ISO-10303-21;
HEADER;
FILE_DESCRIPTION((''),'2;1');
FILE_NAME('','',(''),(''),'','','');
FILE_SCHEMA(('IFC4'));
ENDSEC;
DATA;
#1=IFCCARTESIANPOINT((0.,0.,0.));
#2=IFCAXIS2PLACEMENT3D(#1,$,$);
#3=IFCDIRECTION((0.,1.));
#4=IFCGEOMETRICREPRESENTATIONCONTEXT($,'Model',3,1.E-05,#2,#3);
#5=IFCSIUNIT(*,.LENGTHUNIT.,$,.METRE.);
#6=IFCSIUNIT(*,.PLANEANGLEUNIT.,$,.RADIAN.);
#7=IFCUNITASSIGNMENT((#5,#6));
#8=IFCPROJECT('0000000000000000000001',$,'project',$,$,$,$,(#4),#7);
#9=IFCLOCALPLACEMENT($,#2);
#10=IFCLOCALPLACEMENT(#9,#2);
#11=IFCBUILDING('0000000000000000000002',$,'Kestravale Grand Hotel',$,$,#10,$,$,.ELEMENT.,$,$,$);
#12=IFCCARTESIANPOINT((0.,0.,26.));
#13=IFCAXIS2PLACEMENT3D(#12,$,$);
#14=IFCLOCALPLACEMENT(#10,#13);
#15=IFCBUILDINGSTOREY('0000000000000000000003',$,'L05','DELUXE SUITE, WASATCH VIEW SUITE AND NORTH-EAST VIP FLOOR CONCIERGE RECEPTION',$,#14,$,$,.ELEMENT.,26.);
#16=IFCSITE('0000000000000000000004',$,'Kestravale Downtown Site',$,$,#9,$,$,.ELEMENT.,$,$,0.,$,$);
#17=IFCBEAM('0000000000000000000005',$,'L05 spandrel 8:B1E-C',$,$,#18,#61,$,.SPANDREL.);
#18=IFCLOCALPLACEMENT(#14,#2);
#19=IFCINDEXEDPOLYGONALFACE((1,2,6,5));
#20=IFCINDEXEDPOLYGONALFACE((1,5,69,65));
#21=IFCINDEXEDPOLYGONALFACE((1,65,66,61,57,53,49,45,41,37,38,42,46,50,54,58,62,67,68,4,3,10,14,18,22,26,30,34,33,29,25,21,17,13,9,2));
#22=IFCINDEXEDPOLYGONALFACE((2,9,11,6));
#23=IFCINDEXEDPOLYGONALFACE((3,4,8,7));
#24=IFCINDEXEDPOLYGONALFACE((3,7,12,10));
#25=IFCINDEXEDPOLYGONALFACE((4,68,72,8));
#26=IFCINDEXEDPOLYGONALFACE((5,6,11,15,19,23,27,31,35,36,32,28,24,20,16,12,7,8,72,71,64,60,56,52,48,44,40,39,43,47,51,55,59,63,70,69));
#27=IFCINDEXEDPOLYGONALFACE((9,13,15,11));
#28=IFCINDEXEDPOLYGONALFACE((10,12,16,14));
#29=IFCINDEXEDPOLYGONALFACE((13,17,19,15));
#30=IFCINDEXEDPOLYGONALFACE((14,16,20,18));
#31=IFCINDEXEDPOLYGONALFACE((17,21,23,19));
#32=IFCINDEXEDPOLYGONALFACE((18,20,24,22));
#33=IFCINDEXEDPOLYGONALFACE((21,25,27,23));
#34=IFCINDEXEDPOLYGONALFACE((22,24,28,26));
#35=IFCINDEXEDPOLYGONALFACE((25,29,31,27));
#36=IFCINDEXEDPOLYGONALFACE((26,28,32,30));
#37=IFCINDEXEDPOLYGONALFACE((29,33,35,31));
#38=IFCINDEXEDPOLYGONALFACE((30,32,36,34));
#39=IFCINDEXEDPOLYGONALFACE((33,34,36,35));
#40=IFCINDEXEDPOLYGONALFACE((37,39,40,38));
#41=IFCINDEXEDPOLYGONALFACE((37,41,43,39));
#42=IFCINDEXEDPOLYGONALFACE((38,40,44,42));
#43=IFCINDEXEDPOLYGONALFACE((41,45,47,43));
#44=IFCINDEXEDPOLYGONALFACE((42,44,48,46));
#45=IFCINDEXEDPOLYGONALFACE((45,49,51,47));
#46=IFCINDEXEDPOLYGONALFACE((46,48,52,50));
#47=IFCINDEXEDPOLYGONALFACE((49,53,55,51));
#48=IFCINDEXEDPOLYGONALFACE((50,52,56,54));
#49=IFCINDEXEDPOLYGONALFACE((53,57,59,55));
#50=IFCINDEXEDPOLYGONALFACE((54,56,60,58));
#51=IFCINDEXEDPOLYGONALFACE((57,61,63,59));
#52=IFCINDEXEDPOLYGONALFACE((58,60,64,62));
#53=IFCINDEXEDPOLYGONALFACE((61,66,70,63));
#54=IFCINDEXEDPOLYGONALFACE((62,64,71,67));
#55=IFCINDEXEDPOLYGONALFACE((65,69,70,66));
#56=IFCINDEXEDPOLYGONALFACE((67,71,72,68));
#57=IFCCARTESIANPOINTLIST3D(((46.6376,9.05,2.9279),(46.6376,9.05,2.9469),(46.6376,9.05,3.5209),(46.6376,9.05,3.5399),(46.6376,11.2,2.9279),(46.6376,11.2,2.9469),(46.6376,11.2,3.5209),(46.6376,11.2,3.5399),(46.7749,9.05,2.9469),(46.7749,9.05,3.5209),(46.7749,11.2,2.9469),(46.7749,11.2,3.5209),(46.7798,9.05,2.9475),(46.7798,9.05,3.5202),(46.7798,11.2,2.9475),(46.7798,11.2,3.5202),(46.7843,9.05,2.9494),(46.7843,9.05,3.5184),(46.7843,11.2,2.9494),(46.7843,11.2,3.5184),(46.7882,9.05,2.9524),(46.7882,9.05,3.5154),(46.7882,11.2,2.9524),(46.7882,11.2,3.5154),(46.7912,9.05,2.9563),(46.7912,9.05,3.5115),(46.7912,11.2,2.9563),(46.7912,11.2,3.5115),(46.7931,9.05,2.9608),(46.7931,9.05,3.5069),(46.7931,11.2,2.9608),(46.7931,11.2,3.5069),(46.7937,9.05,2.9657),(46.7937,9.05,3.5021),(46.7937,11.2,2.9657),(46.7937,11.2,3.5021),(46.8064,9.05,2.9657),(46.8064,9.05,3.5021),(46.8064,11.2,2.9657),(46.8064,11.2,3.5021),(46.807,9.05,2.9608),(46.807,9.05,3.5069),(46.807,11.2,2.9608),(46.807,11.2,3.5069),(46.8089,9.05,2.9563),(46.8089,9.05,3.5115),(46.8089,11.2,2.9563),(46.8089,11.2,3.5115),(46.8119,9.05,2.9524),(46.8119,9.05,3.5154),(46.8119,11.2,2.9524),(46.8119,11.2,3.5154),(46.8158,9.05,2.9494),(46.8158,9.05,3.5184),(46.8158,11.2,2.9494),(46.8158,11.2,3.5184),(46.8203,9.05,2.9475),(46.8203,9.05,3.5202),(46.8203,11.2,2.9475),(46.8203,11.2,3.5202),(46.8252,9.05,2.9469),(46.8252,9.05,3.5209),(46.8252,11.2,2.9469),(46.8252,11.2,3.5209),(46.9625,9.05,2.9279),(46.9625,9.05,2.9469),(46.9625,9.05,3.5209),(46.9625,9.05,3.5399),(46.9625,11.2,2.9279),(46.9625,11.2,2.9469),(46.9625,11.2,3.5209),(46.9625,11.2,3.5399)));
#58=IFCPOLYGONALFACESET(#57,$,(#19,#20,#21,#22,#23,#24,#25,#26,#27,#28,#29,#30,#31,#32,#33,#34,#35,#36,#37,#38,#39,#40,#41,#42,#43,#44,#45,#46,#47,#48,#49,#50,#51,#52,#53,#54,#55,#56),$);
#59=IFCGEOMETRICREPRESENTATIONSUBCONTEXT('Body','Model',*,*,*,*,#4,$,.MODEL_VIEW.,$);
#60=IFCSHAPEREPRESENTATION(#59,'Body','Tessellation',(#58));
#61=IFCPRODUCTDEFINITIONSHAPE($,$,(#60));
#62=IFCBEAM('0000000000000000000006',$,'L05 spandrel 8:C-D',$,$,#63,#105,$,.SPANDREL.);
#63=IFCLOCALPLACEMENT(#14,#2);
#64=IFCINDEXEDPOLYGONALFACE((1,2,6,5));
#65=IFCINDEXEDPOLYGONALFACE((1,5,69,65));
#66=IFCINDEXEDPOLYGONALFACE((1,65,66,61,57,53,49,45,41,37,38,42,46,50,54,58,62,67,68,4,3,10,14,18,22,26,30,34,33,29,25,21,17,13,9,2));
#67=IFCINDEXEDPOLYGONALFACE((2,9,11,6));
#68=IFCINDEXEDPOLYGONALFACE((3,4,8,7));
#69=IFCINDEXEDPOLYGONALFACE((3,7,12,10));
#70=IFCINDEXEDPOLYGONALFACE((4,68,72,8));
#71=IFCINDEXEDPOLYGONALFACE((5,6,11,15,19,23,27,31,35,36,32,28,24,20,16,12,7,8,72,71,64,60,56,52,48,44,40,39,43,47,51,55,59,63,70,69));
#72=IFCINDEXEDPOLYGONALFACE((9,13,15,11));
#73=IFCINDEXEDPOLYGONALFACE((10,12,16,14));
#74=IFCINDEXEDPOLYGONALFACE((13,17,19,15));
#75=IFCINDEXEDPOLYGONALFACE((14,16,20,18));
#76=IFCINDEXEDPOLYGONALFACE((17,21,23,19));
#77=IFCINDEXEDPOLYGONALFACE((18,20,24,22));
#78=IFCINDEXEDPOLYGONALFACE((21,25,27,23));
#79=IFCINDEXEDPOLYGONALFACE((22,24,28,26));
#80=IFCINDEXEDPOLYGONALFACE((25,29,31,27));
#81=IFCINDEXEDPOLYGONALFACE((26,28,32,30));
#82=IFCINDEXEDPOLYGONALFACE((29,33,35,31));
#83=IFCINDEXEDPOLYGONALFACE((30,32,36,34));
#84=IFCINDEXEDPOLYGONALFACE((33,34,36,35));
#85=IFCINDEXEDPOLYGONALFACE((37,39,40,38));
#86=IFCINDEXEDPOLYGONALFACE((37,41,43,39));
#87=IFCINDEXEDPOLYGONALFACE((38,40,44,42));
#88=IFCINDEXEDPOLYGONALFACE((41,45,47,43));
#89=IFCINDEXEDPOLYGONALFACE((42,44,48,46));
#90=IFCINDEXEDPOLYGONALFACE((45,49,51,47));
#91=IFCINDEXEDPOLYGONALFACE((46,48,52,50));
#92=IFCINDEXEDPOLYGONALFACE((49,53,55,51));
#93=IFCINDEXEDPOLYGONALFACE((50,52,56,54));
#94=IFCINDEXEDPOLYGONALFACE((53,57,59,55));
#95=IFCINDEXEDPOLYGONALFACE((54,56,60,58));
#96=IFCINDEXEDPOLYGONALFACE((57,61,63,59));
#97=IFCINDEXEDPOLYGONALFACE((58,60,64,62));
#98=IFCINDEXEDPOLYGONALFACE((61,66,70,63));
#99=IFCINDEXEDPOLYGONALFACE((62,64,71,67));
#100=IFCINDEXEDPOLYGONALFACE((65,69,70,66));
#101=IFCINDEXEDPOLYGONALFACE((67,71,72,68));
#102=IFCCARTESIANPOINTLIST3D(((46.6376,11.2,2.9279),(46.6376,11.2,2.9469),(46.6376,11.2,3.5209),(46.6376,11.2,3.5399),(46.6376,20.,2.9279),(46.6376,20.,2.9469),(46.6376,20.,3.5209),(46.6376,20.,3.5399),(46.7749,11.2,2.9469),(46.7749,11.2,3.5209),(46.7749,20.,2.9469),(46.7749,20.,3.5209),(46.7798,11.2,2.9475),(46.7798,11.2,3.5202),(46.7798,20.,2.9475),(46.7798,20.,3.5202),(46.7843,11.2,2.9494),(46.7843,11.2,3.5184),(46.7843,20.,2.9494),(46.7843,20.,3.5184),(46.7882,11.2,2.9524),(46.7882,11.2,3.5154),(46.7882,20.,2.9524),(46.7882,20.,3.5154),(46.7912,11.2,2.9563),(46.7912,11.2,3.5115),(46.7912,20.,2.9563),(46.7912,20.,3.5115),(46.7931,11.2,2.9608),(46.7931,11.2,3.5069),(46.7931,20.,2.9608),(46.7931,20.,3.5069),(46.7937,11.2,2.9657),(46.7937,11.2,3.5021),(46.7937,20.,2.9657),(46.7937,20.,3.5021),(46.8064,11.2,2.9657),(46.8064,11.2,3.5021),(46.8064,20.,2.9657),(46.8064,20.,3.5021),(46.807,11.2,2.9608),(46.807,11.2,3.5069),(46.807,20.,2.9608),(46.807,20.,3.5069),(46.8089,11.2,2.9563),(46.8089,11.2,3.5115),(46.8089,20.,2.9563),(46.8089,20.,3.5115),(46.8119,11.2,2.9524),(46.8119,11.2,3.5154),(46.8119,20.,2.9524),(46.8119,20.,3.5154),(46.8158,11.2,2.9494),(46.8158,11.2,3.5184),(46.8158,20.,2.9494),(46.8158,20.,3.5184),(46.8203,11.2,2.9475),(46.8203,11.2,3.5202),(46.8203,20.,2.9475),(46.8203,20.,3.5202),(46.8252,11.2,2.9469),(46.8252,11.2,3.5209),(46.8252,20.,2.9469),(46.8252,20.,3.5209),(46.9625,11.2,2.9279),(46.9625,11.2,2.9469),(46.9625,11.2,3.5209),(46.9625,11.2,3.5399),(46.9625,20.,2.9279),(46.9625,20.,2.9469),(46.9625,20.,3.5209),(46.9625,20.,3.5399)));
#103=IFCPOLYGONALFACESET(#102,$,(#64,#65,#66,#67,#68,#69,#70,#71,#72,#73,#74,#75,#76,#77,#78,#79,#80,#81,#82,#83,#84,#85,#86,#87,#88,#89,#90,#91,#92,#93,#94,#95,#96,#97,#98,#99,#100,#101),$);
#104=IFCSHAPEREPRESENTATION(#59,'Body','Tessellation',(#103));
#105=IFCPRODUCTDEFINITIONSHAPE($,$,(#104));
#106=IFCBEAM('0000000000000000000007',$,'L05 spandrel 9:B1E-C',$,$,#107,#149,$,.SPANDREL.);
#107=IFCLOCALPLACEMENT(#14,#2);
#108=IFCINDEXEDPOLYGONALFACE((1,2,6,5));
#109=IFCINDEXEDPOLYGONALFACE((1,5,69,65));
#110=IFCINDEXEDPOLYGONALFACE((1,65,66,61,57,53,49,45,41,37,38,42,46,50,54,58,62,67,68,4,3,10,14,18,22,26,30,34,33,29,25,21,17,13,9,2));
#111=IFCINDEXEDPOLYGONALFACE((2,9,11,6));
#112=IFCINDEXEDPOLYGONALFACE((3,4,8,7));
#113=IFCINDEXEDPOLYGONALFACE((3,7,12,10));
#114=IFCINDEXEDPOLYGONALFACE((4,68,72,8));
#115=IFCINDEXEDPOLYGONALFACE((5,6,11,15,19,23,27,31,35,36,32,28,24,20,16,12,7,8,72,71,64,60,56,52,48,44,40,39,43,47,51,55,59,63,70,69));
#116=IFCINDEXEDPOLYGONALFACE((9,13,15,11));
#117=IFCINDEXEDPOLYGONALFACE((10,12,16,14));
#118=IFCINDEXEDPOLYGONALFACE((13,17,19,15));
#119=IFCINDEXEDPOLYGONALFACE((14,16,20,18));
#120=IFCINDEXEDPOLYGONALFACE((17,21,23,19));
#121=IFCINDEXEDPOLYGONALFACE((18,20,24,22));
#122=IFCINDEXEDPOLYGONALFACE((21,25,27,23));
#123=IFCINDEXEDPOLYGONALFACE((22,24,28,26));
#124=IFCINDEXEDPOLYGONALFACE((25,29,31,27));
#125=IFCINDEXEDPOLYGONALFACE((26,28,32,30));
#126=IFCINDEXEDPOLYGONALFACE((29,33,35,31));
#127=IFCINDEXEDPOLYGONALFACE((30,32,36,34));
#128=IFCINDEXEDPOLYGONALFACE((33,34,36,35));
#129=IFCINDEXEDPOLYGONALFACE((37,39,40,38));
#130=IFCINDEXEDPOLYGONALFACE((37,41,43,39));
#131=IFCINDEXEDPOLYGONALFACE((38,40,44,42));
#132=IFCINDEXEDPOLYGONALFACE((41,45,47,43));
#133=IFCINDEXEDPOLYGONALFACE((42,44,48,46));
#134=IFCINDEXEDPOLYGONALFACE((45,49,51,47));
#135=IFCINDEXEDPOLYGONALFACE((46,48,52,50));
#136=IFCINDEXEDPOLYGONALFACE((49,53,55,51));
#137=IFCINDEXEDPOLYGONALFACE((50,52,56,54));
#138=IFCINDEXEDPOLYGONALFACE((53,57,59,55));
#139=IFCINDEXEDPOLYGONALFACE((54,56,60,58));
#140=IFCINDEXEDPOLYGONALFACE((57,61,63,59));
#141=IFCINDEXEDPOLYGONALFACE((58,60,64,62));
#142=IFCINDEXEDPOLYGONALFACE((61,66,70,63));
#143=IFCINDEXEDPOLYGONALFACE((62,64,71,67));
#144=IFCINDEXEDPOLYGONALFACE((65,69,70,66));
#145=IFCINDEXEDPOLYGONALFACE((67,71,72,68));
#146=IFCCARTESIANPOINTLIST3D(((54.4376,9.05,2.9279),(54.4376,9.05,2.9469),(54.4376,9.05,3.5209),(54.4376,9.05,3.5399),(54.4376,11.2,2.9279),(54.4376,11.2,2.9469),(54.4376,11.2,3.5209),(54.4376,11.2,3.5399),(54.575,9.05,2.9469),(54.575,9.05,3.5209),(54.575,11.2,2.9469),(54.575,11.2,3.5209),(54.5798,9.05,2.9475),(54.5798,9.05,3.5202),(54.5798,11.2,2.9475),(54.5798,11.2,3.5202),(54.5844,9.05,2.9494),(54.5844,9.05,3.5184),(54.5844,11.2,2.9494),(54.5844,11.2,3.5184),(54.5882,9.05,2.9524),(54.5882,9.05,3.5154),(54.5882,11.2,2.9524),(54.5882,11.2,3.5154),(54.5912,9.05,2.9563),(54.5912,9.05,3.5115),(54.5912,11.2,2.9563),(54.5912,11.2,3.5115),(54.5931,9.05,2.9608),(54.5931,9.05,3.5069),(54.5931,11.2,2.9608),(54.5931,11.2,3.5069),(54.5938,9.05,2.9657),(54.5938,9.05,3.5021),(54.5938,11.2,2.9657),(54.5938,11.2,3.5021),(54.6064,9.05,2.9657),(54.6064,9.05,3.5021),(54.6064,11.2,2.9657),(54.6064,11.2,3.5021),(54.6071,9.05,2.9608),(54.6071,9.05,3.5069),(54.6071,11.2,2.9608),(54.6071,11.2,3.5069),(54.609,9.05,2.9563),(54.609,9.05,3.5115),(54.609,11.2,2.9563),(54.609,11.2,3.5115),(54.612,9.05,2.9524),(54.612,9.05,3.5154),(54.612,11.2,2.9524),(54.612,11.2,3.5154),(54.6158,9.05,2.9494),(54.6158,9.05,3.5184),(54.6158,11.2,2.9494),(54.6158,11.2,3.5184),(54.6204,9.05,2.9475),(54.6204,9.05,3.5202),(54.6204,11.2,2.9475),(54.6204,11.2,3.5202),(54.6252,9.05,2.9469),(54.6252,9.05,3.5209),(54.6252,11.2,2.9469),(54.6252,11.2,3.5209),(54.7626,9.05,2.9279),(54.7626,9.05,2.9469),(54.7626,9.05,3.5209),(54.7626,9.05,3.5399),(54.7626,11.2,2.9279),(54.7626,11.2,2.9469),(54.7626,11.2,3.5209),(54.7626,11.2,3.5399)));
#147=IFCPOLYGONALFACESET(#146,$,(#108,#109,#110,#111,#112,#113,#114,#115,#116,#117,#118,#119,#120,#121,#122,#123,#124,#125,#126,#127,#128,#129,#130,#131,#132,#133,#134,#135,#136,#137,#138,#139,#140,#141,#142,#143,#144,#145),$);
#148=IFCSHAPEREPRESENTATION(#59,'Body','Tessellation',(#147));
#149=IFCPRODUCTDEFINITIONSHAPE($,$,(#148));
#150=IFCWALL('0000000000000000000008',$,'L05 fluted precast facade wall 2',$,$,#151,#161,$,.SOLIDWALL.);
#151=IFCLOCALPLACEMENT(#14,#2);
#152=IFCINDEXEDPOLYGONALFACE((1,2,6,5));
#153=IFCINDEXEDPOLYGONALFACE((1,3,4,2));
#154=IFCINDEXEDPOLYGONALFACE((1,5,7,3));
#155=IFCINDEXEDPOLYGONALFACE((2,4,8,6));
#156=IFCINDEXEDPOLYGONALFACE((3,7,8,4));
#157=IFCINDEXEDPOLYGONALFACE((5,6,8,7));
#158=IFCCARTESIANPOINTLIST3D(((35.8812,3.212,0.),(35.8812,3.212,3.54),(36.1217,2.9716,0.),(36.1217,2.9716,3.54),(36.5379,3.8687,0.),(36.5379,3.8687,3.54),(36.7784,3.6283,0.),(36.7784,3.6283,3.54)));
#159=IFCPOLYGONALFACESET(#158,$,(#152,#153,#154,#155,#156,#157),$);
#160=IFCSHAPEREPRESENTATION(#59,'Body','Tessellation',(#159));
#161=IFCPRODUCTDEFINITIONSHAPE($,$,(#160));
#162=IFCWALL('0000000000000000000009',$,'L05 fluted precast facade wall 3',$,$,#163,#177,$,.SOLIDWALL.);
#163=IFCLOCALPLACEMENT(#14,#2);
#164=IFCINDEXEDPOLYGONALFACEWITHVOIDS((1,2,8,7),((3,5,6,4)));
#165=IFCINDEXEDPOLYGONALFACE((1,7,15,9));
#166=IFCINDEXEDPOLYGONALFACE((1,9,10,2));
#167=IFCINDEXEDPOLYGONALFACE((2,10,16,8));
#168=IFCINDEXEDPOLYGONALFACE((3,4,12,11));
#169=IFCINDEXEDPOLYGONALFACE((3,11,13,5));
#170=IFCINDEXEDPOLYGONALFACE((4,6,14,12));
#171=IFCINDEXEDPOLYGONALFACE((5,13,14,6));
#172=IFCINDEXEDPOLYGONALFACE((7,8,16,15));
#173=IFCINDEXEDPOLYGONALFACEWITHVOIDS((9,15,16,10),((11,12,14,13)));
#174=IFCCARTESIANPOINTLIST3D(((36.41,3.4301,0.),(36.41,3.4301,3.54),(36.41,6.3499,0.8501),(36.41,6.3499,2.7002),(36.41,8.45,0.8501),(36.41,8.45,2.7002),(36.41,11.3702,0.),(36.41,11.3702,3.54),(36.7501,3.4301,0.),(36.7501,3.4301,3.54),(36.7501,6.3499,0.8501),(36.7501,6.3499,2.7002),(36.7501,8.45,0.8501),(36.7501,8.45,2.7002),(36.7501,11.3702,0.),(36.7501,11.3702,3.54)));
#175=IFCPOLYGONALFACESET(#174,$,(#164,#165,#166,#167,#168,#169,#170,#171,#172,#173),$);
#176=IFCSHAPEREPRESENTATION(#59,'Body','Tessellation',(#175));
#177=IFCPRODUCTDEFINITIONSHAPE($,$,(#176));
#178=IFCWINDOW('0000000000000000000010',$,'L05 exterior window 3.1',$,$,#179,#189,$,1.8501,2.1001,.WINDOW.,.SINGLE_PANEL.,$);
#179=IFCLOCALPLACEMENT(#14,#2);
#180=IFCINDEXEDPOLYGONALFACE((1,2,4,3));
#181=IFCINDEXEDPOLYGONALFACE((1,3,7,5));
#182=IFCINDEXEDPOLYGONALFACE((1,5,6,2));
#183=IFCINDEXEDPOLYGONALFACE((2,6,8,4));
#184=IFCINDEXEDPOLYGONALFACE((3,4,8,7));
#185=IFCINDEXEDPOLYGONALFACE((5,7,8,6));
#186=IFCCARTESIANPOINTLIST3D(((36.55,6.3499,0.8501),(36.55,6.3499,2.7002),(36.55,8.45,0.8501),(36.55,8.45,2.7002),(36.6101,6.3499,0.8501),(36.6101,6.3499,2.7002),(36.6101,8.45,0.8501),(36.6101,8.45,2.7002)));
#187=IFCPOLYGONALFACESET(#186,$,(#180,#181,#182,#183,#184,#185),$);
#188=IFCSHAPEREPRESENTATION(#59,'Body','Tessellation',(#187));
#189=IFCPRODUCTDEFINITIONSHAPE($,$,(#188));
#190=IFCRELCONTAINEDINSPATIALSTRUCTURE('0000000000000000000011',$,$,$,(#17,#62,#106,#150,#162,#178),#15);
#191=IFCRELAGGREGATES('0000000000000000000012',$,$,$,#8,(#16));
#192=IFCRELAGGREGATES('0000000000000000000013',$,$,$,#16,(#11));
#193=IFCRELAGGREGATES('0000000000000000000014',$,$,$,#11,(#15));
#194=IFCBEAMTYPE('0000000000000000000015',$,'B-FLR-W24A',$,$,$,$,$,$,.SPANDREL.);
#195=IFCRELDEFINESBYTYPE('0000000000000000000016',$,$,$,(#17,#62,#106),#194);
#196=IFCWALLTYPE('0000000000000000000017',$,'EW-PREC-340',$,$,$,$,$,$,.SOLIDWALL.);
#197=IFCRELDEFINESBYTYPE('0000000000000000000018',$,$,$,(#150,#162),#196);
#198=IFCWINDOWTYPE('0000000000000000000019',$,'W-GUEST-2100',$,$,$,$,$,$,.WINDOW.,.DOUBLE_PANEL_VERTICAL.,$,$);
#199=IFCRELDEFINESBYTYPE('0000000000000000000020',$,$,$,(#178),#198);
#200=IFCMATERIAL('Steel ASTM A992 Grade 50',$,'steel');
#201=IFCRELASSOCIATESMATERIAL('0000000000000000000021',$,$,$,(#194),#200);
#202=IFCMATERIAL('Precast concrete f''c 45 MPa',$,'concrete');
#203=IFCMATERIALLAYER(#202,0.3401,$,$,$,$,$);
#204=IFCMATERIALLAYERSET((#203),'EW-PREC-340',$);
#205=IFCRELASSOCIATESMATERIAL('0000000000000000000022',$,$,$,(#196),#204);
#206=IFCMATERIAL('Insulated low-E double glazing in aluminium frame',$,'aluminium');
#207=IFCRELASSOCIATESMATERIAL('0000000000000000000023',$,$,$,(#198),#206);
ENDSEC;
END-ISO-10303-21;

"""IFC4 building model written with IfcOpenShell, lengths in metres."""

from ifc_helpers import new_model, si_unit, direction, frame, frame_2d, origin, origin_2d, place, context, subcontext, project, spatial, rectangle, i_section, extrude, material, layer, layer_set, material_profile, profile_set, type_object, element, fill, save


model = new_model("IFC4")

# Units and contexts
model_context = context("Model", 3, precision=1e-05, world=origin(), true_north=direction((0.0, 1.0)))
body_context = subcontext(model_context, "Body", "Model", "MODEL_VIEW")
ifc_project = project(units=[si_unit("LENGTHUNIT", "METRE"), si_unit("PLANEANGLEUNIT", "RADIAN")], contexts=[model_context])

# Site, building, storey
site_placement = place(None, origin())
site = spatial("IfcSite", under=ifc_project, at=site_placement, Name="Kestravale Downtown Site", CompositionType="ELEMENT", RefElevation=0.0)
building_placement = place(site_placement, origin())
building = spatial("IfcBuilding", under=site, at=building_placement, Name="Kestravale Grand Hotel", CompositionType="ELEMENT")
storey_placement = place(building_placement, frame((0.0, 0.0, 26.0)))
storey = spatial("IfcBuildingStorey", under=building, at=storey_placement, Name="L05", Description="DELUXE SUITE, WASATCH VIEW SUITE AND NORTH-EAST VIP FLOOR CONCIERGE RECEPTION", CompositionType="ELEMENT", Elevation=26.0)

# Beams
ifc_material_1 = material(Name="Steel ASTM A992 Grade 50", Category="steel")
ifc_material_profile_1 = material_profile(ifc_material_1, i_section(OverallWidth=0.325, OverallDepth=0.6121, WebThickness=0.0127, FlangeThickness=0.019, FilletRadius=0.0188, at=origin_2d()))
ifc_profile_set_1 = profile_set([ifc_material_profile_1], Name="Steel ASTM A992 Grade 50")
beam_type_1 = type_object("IfcBeamType", Name="B-FLR-W24A", PredefinedType="SPANDREL", material=ifc_profile_set_1)
beam_1_placement = place(storey_placement, frame((46.8, 9.05, 3.2339), z_axis=(0.0, 1.0, 0.0), x_axis=(-1.0, 0.0, 0.0)))
element("IfcBeam", 1, at=beam_1_placement, inside=storey, type_object=beam_type_1, Name="L05 spandrel 8:B1E-C", PredefinedType="SPANDREL", context=body_context, shape_type="SweptSolid", body=[
    extrude(i_section(OverallWidth=0.325, OverallDepth=0.6121, WebThickness=0.0127, FlangeThickness=0.019, FilletRadius=0.0188, at=origin_2d()), origin(), (0.0, 0.0, 1.0), 2.1499),
])
beam_2_placement = place(storey_placement, frame((46.8, 11.2, 3.2339), z_axis=(0.0, 1.0, 0.0), x_axis=(-1.0, 0.0, 0.0)))
element("IfcBeam", 2, at=beam_2_placement, inside=storey, type_object=beam_type_1, Name="L05 spandrel 8:C-D", PredefinedType="SPANDREL", context=body_context, shape_type="SweptSolid", body=[
    extrude(i_section(OverallWidth=0.325, OverallDepth=0.6121, WebThickness=0.0127, FlangeThickness=0.019, FilletRadius=0.0188, at=origin_2d()), origin(), (0.0, 0.0, 1.0), 8.8),
])
beam_3_placement = place(storey_placement, frame((54.6001, 9.05, 3.2339), z_axis=(0.0, 1.0, 0.0), x_axis=(-1.0, 0.0, 0.0)))
element("IfcBeam", 3, at=beam_3_placement, inside=storey, type_object=beam_type_1, Name="L05 spandrel 9:B1E-C", PredefinedType="SPANDREL", context=body_context, shape_type="SweptSolid", body=[
    extrude(i_section(OverallWidth=0.325, OverallDepth=0.6121, WebThickness=0.0127, FlangeThickness=0.019, FilletRadius=0.0188, at=origin_2d()), origin(), (0.0, 0.0, 1.0), 2.1499),
])

# Wall
ifc_material_2 = material(Name="Precast concrete f'c 45 MPa", Category="concrete")
ifc_layer_1 = layer(ifc_material_2, 0.3401)
ifc_layer_set_1 = layer_set([ifc_layer_1], Name="EW-PREC-340")
wall_type_1 = type_object("IfcWallType", Name="EW-PREC-340", PredefinedType="SOLIDWALL", material=ifc_layer_set_1)
wall_1_placement = place(storey_placement, frame((36.0015, 3.0918, 0.0), z_axis=(0.0, 0.0, 1.0), x_axis=(0.707107, 0.707107, 0.0)))
element("IfcWall", 4, at=wall_1_placement, inside=storey, type_object=wall_type_1, Name="L05 fluted precast facade wall 2", PredefinedType="SOLIDWALL", context=body_context, shape_type="SweptSolid", body=[
    extrude(rectangle(XDim=0.9287, YDim=0.3401, at=frame_2d((0.4644, 0.0))), origin(), (0.0, 0.0, 1.0), 3.54),
])

# Wall, opening, window
wall_2_placement = place(storey_placement, frame((36.5801, 3.4299, 0.0), z_axis=(0.0, 0.0, 1.0), x_axis=(0.0, 1.0, 0.0)))
wall_2 = element("IfcWall", 5, at=wall_2_placement, inside=storey, type_object=wall_type_1, Name="L05 fluted precast facade wall 3", PredefinedType="SOLIDWALL", context=body_context, shape_type="SweptSolid", body=[
    extrude(rectangle(XDim=7.9402, YDim=0.3401, at=frame_2d((3.9702, 0.0))), origin(), (0.0, 0.0, 1.0), 3.54),
])
opening_1_placement = place(wall_2_placement, frame((2.9199, 0.0, 0.8501)))
opening_1 = element("IfcOpeningElement", 6, at=opening_1_placement, cuts=wall_2, PredefinedType="OPENING", context=body_context, shape_type="SweptSolid", body=[
    extrude(rectangle(XDim=2.1001, YDim=1.8501, at=frame_2d((1.05, 0.925))), frame((0.0, 0.1799, 0.0), z_axis=(0.0, -1.0, 0.0), x_axis=(1.0, 0.0, 0.0)), (0.0, 0.0, 1.0), 0.3601),
])
ifc_material_3 = material(Name="Insulated low-E double glazing in aluminium frame", Category="aluminium")
window_type_1 = type_object("IfcWindowType", Name="W-GUEST-2100", PartitioningType="DOUBLE_PANEL_VERTICAL", PredefinedType="WINDOW", material=ifc_material_3)
window_1_placement = place(opening_1_placement, origin())
window_1 = element("IfcWindow", 7, at=window_1_placement, inside=storey, type_object=window_type_1, Name="L05 exterior window 3.1", OverallHeight=1.8501, OverallWidth=2.1001, PartitioningType="SINGLE_PANEL", PredefinedType="WINDOW", context=body_context, shape_type="SweptSolid", body=[
    extrude(rectangle(XDim=2.1001, YDim=1.8501, at=frame_2d((1.05, 0.925))), frame((0.0, 0.03, 0.0), z_axis=(0.0, -1.0, 0.0), x_axis=(1.0, 0.0, 0.0)), (0.0, 0.0, 1.0), 0.0601),
])
fill(opening_1, window_1)

save(model, "model.ifc")
